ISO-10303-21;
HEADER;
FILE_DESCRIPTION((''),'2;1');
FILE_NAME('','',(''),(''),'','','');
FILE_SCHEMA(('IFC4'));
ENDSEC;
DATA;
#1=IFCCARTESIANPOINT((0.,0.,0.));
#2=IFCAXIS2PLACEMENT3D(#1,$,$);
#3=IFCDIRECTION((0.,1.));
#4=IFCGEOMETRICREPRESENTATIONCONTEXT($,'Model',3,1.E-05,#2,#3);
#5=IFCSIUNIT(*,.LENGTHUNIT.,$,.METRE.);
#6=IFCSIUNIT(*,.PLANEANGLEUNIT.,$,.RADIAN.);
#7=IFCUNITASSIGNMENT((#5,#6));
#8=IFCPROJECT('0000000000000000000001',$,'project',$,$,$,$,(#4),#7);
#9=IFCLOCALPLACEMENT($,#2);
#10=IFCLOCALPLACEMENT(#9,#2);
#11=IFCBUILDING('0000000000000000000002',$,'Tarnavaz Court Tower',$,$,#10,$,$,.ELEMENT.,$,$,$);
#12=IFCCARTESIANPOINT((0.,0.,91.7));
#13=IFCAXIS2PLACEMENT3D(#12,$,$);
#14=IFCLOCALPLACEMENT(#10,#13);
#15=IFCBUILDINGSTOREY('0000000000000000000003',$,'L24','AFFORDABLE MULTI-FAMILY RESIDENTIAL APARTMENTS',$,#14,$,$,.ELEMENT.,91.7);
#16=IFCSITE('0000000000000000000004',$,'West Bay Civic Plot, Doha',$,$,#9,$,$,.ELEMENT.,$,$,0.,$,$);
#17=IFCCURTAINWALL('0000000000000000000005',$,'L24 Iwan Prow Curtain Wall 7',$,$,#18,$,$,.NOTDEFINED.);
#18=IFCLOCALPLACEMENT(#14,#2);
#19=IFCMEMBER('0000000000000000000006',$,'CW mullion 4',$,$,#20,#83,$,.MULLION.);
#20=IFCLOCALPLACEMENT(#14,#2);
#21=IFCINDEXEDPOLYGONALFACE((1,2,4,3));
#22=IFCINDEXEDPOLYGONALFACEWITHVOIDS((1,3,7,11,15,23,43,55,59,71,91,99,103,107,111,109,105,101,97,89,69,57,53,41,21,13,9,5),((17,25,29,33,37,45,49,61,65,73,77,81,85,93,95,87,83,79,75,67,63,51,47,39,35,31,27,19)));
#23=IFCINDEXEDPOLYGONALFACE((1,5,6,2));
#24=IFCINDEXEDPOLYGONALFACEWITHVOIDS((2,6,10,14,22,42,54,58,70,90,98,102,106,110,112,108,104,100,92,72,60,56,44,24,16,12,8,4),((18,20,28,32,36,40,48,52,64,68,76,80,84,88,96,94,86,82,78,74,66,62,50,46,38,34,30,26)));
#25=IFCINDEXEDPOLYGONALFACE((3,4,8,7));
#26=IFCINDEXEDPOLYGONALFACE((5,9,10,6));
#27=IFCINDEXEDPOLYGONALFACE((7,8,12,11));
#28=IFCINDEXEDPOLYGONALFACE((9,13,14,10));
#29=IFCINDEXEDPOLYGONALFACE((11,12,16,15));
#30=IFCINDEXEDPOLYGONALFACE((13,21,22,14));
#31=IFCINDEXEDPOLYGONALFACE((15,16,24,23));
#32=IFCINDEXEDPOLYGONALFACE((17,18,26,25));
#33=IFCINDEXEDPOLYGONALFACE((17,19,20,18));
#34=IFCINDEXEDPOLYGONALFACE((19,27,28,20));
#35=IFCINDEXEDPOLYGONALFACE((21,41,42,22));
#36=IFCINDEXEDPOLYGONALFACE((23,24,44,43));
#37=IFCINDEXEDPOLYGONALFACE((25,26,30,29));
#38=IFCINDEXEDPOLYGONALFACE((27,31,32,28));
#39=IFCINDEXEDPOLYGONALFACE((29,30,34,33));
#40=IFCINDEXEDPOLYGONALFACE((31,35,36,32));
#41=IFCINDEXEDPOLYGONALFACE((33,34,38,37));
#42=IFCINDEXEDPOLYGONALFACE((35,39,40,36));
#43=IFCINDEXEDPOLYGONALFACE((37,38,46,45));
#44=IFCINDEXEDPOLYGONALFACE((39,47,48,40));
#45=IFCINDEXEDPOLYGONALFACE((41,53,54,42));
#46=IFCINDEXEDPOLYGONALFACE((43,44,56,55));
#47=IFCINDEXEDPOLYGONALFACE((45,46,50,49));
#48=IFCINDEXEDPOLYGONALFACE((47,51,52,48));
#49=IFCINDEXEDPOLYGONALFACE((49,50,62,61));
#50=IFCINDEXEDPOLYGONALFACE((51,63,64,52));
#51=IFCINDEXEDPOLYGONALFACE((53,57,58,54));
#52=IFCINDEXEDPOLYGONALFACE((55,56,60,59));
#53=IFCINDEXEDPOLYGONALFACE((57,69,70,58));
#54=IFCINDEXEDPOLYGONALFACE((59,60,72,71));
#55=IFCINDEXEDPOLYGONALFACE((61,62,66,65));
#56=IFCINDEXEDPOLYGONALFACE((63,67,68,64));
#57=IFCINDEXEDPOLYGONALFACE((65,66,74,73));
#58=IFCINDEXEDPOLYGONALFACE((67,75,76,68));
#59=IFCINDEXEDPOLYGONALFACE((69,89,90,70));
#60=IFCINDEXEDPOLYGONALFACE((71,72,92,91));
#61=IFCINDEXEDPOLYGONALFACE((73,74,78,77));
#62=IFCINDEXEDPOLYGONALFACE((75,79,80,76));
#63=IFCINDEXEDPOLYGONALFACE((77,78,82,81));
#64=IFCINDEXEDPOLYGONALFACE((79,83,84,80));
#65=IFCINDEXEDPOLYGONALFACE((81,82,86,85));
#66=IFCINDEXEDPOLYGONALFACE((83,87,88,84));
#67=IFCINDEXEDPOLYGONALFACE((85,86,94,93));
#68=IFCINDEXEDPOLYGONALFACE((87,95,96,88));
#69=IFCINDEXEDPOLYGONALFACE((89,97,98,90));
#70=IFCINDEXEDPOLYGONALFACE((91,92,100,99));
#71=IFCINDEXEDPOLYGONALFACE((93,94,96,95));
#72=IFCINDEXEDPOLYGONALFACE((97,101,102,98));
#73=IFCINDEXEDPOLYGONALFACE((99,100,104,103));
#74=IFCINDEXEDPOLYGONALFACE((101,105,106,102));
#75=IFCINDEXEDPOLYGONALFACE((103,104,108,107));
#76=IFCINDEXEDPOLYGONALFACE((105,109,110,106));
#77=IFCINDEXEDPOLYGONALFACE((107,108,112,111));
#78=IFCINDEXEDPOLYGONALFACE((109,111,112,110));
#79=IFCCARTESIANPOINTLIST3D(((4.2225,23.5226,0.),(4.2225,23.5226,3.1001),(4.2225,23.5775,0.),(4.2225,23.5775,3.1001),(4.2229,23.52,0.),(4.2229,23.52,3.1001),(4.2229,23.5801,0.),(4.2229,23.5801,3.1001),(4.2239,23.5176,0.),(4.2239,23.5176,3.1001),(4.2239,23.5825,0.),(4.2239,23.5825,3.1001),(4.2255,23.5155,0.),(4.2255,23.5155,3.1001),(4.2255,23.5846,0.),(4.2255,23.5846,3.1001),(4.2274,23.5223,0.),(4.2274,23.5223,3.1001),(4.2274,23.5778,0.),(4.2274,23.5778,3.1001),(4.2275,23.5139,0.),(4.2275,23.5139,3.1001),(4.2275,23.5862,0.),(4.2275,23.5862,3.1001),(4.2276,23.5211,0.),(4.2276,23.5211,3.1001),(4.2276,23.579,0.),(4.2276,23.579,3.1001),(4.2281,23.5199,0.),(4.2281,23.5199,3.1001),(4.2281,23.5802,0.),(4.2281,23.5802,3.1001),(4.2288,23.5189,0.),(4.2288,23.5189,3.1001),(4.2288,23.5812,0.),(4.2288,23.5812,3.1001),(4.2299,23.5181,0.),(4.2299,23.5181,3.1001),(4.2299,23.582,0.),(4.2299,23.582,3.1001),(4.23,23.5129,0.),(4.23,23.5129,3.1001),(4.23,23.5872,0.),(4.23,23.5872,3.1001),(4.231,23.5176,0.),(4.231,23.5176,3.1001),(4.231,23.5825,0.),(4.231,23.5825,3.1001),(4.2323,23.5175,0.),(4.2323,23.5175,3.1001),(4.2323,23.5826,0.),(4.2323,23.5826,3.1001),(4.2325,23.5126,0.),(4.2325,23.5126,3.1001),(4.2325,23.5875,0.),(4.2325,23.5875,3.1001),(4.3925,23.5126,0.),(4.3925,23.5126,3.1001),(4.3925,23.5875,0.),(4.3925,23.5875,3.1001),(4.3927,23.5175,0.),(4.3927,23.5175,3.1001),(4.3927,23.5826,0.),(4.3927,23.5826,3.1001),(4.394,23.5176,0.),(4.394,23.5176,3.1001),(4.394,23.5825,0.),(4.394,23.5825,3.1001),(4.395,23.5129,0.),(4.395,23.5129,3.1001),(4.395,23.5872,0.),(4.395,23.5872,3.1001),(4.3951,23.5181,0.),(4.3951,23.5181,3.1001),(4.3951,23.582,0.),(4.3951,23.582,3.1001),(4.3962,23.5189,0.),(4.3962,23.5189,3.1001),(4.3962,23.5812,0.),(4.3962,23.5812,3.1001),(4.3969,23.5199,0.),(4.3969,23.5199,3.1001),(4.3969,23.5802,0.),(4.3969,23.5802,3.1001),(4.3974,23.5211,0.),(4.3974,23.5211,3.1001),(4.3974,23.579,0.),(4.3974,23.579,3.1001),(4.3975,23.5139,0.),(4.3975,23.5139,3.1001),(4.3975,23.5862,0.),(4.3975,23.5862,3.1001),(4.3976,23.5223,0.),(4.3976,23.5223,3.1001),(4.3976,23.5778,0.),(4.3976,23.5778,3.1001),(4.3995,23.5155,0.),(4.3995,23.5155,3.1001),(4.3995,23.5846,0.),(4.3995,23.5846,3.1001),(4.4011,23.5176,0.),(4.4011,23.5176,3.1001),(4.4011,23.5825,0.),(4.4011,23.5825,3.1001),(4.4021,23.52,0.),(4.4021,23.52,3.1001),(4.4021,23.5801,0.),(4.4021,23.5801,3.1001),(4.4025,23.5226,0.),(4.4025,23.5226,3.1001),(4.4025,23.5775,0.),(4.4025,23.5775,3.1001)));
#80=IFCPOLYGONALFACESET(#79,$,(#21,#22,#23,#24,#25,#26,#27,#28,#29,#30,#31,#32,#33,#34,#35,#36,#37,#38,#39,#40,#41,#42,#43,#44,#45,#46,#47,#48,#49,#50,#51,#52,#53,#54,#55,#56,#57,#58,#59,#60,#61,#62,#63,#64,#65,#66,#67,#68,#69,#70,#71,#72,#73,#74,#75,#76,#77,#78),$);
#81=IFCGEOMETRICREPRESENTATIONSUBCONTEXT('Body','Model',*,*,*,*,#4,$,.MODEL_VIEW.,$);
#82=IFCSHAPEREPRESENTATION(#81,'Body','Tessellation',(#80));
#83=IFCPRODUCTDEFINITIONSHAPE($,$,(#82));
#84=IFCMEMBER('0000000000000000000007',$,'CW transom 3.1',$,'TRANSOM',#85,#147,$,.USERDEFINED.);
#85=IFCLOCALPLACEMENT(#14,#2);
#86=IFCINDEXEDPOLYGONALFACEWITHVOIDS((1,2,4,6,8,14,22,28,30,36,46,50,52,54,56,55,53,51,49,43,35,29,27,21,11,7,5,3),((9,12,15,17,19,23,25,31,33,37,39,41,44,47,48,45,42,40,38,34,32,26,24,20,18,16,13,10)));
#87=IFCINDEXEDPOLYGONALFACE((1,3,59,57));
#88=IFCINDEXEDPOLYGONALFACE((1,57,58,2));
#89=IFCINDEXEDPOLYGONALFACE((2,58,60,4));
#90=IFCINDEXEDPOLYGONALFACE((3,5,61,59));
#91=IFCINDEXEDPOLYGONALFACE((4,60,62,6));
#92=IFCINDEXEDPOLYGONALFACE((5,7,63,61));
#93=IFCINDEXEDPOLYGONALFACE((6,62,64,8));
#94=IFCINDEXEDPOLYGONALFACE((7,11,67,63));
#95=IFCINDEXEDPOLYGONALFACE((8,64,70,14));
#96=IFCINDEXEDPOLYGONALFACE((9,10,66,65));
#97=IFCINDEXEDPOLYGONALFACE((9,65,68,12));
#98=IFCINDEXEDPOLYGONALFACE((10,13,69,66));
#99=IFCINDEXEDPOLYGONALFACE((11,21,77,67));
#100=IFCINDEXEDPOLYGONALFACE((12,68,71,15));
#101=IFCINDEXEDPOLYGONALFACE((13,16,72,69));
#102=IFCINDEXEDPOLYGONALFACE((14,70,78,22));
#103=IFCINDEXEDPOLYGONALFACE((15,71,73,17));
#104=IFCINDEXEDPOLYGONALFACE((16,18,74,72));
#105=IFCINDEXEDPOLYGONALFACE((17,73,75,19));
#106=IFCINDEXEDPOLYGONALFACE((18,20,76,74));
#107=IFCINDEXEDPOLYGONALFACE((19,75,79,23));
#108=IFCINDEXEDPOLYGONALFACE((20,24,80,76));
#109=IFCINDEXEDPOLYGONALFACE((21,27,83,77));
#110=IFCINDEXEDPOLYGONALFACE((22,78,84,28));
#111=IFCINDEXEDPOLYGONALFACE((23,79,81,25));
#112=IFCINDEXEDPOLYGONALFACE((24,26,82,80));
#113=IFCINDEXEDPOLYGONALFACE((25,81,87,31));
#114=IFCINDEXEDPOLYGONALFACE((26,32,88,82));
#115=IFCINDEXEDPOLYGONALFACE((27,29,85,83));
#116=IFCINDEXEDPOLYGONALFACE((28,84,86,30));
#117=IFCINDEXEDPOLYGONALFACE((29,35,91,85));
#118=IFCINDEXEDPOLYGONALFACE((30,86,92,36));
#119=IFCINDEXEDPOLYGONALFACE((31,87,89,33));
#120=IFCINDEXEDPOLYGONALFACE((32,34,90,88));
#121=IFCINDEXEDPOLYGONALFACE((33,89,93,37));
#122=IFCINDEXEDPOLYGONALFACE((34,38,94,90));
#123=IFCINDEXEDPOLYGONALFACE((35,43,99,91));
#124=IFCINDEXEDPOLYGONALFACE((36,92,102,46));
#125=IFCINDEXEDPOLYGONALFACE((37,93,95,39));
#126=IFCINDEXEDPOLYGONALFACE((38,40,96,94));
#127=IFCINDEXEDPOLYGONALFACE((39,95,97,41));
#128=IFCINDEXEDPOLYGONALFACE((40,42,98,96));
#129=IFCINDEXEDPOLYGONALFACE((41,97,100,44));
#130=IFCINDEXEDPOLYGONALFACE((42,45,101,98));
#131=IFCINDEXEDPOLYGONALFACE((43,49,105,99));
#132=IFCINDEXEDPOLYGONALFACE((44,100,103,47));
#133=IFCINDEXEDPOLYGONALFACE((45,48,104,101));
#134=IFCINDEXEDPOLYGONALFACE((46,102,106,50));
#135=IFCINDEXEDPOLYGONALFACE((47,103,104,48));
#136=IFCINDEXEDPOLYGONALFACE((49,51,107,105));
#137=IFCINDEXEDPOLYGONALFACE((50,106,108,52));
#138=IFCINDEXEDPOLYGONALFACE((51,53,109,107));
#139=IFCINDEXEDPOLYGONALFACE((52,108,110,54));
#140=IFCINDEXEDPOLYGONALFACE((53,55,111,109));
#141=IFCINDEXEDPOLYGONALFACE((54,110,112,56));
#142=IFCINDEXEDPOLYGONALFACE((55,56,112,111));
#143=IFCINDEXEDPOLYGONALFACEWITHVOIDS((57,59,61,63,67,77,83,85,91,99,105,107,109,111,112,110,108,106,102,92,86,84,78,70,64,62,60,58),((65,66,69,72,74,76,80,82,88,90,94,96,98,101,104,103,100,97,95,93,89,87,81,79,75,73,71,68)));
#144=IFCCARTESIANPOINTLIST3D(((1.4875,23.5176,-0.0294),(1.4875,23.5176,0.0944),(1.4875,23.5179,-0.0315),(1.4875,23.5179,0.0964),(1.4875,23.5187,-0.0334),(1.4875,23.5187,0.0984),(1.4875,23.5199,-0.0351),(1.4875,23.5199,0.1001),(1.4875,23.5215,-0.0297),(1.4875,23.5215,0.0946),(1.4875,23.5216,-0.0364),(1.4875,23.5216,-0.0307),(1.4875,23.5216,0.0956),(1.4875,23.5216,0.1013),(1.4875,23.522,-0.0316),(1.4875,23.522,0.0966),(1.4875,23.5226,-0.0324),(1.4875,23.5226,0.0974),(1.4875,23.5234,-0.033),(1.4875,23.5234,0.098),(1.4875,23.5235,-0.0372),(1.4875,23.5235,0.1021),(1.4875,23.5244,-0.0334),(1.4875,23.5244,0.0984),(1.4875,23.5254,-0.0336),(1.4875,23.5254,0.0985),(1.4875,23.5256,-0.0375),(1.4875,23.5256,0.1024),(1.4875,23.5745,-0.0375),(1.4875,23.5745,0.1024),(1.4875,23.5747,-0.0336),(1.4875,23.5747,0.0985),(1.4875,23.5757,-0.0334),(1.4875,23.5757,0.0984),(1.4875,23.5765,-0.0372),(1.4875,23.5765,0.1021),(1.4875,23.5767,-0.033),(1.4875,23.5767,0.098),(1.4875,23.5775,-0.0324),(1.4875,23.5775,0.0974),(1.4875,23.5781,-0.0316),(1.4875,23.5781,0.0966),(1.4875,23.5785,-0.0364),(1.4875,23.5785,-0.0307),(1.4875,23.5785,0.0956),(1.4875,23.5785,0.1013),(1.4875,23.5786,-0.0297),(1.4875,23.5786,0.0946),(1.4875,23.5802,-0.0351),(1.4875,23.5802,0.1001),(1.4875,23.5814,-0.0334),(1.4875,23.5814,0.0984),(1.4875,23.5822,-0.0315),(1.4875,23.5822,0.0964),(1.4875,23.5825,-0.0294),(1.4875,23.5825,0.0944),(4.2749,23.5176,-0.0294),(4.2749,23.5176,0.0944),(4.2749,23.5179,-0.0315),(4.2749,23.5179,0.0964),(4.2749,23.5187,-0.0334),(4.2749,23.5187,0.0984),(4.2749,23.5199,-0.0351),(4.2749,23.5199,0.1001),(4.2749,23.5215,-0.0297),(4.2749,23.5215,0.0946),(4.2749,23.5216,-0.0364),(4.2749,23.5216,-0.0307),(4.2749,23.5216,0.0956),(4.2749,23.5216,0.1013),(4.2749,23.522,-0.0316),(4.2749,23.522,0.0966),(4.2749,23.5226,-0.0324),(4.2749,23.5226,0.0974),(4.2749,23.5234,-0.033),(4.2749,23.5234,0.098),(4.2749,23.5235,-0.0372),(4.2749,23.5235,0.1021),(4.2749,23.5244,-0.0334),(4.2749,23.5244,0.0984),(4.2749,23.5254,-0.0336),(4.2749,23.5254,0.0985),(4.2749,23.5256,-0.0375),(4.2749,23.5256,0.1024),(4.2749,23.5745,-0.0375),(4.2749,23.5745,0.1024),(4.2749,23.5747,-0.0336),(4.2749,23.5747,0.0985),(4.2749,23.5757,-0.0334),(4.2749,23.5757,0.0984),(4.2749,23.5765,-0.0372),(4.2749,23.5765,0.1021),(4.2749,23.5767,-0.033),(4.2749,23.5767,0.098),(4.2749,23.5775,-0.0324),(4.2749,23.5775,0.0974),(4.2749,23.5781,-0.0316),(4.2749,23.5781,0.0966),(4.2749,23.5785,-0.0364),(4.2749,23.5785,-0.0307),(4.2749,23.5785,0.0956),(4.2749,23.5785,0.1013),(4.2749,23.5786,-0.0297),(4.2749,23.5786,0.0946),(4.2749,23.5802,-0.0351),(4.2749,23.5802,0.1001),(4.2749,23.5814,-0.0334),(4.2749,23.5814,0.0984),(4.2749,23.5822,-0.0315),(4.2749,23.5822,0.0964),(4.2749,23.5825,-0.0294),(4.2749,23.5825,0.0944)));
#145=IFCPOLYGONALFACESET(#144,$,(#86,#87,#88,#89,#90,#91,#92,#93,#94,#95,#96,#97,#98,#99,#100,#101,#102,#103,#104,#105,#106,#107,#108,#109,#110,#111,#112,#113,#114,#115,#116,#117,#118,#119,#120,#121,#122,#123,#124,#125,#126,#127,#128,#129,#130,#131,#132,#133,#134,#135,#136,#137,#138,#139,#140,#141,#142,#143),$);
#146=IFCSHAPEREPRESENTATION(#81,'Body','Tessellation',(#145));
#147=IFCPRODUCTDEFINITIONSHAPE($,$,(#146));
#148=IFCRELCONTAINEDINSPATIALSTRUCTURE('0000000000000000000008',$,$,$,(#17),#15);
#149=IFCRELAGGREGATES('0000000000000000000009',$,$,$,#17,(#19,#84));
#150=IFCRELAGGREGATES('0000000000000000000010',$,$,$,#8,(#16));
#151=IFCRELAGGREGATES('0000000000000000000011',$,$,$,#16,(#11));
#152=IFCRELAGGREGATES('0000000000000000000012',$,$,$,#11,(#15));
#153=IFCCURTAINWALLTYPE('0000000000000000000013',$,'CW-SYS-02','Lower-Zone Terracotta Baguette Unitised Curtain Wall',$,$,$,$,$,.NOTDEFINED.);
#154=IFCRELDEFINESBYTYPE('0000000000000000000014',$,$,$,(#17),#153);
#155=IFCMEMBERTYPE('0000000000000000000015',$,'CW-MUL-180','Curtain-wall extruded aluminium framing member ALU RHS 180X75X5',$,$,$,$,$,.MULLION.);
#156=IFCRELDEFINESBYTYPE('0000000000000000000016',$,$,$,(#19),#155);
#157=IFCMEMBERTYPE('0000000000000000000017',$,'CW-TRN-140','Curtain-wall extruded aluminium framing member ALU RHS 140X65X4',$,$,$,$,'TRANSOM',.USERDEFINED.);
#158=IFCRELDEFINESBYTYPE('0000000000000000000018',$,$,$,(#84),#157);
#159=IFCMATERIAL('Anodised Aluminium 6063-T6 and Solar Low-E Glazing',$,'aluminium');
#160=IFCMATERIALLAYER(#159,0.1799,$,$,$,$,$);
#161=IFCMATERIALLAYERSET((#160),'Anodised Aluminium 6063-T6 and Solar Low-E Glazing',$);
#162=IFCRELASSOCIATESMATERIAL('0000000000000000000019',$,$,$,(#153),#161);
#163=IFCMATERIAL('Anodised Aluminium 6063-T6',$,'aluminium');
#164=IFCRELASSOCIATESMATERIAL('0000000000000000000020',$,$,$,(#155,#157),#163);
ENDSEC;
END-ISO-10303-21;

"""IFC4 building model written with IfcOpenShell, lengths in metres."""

from ifc_helpers import new_model, si_unit, direction, frame, origin, origin_2d, place, context, subcontext, project, spatial, hollow_rectangle, extrude, material, layer, layer_set, material_profile, profile_set, type_object, element, aggregate, save


model = new_model("IFC4")

# Units and contexts
model_context = context("Model", 3, precision=1e-05, world=origin(), true_north=direction((0.0, 1.0)))
body_context = subcontext(model_context, "Body", "Model", "MODEL_VIEW")
ifc_project = project(units=[si_unit("LENGTHUNIT", "METRE"), si_unit("PLANEANGLEUNIT", "RADIAN")], contexts=[model_context])

# Site, building, storey
site_placement = place(None, origin())
site = spatial("IfcSite", under=ifc_project, at=site_placement, Name="West Bay Civic Plot, Doha", CompositionType="ELEMENT", RefElevation=0.0)
building_placement = place(site_placement, origin())
building = spatial("IfcBuilding", under=site, at=building_placement, Name="Tarnavaz Court Tower", CompositionType="ELEMENT")
storey_placement = place(building_placement, frame((0.0, 0.0, 91.7)))
storey = spatial("IfcBuildingStorey", under=building, at=storey_placement, Name="L24", Description="AFFORDABLE MULTI-FAMILY RESIDENTIAL APARTMENTS", CompositionType="ELEMENT", Elevation=91.7)

# Curtain wall, members
ifc_material_1 = material(Name="Anodised Aluminium 6063-T6 and Solar Low-E Glazing", Category="aluminium")
ifc_layer_1 = layer(ifc_material_1, 0.1799)
ifc_layer_set_1 = layer_set([ifc_layer_1], Name="Anodised Aluminium 6063-T6 and Solar Low-E Glazing")
curtain_wall_type = type_object("IfcCurtainWallType", Name="CW-SYS-02", Description="Lower-Zone Terracotta Baguette Unitised Curtain Wall", PredefinedType="NOTDEFINED", material=ifc_layer_set_1)
curtain_wall_placement = place(storey_placement, origin())
curtain_wall = element("IfcCurtainWall", 1, at=curtain_wall_placement, inside=storey, type_object=curtain_wall_type, Name="L24 Iwan Prow Curtain Wall 7", PredefinedType="NOTDEFINED")
ifc_material_2 = material(Name="Anodised Aluminium 6063-T6", Category="aluminium")
ifc_material_profile_1 = material_profile(ifc_material_2, hollow_rectangle(XDim=0.075, YDim=0.1799, WallThickness=0.0049, InnerFilletRadius=0.0049, OuterFilletRadius=0.01, at=origin_2d()), Name="ALU RHS 180X75X5")
ifc_profile_set_1 = profile_set([ifc_material_profile_1], Name="Anodised Aluminium 6063-T6")
member_type_1 = type_object("IfcMemberType", Name="CW-MUL-180", Description="Curtain-wall extruded aluminium framing member ALU RHS 180X75X5", PredefinedType="MULLION", material=ifc_profile_set_1)
member_1_placement = place(storey_placement, frame((4.3125, 23.55, 0.0), z_axis=(0.0, 0.0, 1.0), x_axis=(0.0, 1.0, 0.0)))
member_1 = element("IfcMember", 2, at=member_1_placement, type_object=member_type_1, Name="CW mullion 4", PredefinedType="MULLION", context=body_context, shape_type="SweptSolid", body=[
    extrude(hollow_rectangle(XDim=0.075, YDim=0.1799, WallThickness=0.0049, InnerFilletRadius=0.0049, OuterFilletRadius=0.01, at=origin_2d()), origin(), (0.0, 0.0, 1.0), 3.1001),
])
ifc_material_profile_2 = material_profile(ifc_material_2, hollow_rectangle(XDim=0.0649, YDim=0.1399, WallThickness=0.0039, InnerFilletRadius=0.0039, OuterFilletRadius=0.0081, at=origin_2d()), Name="ALU RHS 140X65X4")
ifc_profile_set_2 = profile_set([ifc_material_profile_2], Name="Anodised Aluminium 6063-T6")
member_type_2 = type_object("IfcMemberType", Name="CW-TRN-140", Description="Curtain-wall extruded aluminium framing member ALU RHS 140X65X4", ElementType="TRANSOM", PredefinedType="USERDEFINED", material=ifc_profile_set_2)
member_2_placement = place(storey_placement, frame((1.4875, 23.55, 0.0325), z_axis=(1.0, 0.0, 0.0), x_axis=(0.0, 1.0, 0.0)))
member_2 = element("IfcMember", 3, at=member_2_placement, type_object=member_type_2, Name="CW transom 3.1", ObjectType="TRANSOM", PredefinedType="USERDEFINED", context=body_context, shape_type="SweptSolid", body=[
    extrude(hollow_rectangle(XDim=0.0649, YDim=0.1399, WallThickness=0.0039, InnerFilletRadius=0.0039, OuterFilletRadius=0.0081, at=origin_2d()), origin(), (0.0, 0.0, 1.0), 2.7874),
])
aggregate(curtain_wall, [member_1, member_2])

save(model, "model.ifc")
